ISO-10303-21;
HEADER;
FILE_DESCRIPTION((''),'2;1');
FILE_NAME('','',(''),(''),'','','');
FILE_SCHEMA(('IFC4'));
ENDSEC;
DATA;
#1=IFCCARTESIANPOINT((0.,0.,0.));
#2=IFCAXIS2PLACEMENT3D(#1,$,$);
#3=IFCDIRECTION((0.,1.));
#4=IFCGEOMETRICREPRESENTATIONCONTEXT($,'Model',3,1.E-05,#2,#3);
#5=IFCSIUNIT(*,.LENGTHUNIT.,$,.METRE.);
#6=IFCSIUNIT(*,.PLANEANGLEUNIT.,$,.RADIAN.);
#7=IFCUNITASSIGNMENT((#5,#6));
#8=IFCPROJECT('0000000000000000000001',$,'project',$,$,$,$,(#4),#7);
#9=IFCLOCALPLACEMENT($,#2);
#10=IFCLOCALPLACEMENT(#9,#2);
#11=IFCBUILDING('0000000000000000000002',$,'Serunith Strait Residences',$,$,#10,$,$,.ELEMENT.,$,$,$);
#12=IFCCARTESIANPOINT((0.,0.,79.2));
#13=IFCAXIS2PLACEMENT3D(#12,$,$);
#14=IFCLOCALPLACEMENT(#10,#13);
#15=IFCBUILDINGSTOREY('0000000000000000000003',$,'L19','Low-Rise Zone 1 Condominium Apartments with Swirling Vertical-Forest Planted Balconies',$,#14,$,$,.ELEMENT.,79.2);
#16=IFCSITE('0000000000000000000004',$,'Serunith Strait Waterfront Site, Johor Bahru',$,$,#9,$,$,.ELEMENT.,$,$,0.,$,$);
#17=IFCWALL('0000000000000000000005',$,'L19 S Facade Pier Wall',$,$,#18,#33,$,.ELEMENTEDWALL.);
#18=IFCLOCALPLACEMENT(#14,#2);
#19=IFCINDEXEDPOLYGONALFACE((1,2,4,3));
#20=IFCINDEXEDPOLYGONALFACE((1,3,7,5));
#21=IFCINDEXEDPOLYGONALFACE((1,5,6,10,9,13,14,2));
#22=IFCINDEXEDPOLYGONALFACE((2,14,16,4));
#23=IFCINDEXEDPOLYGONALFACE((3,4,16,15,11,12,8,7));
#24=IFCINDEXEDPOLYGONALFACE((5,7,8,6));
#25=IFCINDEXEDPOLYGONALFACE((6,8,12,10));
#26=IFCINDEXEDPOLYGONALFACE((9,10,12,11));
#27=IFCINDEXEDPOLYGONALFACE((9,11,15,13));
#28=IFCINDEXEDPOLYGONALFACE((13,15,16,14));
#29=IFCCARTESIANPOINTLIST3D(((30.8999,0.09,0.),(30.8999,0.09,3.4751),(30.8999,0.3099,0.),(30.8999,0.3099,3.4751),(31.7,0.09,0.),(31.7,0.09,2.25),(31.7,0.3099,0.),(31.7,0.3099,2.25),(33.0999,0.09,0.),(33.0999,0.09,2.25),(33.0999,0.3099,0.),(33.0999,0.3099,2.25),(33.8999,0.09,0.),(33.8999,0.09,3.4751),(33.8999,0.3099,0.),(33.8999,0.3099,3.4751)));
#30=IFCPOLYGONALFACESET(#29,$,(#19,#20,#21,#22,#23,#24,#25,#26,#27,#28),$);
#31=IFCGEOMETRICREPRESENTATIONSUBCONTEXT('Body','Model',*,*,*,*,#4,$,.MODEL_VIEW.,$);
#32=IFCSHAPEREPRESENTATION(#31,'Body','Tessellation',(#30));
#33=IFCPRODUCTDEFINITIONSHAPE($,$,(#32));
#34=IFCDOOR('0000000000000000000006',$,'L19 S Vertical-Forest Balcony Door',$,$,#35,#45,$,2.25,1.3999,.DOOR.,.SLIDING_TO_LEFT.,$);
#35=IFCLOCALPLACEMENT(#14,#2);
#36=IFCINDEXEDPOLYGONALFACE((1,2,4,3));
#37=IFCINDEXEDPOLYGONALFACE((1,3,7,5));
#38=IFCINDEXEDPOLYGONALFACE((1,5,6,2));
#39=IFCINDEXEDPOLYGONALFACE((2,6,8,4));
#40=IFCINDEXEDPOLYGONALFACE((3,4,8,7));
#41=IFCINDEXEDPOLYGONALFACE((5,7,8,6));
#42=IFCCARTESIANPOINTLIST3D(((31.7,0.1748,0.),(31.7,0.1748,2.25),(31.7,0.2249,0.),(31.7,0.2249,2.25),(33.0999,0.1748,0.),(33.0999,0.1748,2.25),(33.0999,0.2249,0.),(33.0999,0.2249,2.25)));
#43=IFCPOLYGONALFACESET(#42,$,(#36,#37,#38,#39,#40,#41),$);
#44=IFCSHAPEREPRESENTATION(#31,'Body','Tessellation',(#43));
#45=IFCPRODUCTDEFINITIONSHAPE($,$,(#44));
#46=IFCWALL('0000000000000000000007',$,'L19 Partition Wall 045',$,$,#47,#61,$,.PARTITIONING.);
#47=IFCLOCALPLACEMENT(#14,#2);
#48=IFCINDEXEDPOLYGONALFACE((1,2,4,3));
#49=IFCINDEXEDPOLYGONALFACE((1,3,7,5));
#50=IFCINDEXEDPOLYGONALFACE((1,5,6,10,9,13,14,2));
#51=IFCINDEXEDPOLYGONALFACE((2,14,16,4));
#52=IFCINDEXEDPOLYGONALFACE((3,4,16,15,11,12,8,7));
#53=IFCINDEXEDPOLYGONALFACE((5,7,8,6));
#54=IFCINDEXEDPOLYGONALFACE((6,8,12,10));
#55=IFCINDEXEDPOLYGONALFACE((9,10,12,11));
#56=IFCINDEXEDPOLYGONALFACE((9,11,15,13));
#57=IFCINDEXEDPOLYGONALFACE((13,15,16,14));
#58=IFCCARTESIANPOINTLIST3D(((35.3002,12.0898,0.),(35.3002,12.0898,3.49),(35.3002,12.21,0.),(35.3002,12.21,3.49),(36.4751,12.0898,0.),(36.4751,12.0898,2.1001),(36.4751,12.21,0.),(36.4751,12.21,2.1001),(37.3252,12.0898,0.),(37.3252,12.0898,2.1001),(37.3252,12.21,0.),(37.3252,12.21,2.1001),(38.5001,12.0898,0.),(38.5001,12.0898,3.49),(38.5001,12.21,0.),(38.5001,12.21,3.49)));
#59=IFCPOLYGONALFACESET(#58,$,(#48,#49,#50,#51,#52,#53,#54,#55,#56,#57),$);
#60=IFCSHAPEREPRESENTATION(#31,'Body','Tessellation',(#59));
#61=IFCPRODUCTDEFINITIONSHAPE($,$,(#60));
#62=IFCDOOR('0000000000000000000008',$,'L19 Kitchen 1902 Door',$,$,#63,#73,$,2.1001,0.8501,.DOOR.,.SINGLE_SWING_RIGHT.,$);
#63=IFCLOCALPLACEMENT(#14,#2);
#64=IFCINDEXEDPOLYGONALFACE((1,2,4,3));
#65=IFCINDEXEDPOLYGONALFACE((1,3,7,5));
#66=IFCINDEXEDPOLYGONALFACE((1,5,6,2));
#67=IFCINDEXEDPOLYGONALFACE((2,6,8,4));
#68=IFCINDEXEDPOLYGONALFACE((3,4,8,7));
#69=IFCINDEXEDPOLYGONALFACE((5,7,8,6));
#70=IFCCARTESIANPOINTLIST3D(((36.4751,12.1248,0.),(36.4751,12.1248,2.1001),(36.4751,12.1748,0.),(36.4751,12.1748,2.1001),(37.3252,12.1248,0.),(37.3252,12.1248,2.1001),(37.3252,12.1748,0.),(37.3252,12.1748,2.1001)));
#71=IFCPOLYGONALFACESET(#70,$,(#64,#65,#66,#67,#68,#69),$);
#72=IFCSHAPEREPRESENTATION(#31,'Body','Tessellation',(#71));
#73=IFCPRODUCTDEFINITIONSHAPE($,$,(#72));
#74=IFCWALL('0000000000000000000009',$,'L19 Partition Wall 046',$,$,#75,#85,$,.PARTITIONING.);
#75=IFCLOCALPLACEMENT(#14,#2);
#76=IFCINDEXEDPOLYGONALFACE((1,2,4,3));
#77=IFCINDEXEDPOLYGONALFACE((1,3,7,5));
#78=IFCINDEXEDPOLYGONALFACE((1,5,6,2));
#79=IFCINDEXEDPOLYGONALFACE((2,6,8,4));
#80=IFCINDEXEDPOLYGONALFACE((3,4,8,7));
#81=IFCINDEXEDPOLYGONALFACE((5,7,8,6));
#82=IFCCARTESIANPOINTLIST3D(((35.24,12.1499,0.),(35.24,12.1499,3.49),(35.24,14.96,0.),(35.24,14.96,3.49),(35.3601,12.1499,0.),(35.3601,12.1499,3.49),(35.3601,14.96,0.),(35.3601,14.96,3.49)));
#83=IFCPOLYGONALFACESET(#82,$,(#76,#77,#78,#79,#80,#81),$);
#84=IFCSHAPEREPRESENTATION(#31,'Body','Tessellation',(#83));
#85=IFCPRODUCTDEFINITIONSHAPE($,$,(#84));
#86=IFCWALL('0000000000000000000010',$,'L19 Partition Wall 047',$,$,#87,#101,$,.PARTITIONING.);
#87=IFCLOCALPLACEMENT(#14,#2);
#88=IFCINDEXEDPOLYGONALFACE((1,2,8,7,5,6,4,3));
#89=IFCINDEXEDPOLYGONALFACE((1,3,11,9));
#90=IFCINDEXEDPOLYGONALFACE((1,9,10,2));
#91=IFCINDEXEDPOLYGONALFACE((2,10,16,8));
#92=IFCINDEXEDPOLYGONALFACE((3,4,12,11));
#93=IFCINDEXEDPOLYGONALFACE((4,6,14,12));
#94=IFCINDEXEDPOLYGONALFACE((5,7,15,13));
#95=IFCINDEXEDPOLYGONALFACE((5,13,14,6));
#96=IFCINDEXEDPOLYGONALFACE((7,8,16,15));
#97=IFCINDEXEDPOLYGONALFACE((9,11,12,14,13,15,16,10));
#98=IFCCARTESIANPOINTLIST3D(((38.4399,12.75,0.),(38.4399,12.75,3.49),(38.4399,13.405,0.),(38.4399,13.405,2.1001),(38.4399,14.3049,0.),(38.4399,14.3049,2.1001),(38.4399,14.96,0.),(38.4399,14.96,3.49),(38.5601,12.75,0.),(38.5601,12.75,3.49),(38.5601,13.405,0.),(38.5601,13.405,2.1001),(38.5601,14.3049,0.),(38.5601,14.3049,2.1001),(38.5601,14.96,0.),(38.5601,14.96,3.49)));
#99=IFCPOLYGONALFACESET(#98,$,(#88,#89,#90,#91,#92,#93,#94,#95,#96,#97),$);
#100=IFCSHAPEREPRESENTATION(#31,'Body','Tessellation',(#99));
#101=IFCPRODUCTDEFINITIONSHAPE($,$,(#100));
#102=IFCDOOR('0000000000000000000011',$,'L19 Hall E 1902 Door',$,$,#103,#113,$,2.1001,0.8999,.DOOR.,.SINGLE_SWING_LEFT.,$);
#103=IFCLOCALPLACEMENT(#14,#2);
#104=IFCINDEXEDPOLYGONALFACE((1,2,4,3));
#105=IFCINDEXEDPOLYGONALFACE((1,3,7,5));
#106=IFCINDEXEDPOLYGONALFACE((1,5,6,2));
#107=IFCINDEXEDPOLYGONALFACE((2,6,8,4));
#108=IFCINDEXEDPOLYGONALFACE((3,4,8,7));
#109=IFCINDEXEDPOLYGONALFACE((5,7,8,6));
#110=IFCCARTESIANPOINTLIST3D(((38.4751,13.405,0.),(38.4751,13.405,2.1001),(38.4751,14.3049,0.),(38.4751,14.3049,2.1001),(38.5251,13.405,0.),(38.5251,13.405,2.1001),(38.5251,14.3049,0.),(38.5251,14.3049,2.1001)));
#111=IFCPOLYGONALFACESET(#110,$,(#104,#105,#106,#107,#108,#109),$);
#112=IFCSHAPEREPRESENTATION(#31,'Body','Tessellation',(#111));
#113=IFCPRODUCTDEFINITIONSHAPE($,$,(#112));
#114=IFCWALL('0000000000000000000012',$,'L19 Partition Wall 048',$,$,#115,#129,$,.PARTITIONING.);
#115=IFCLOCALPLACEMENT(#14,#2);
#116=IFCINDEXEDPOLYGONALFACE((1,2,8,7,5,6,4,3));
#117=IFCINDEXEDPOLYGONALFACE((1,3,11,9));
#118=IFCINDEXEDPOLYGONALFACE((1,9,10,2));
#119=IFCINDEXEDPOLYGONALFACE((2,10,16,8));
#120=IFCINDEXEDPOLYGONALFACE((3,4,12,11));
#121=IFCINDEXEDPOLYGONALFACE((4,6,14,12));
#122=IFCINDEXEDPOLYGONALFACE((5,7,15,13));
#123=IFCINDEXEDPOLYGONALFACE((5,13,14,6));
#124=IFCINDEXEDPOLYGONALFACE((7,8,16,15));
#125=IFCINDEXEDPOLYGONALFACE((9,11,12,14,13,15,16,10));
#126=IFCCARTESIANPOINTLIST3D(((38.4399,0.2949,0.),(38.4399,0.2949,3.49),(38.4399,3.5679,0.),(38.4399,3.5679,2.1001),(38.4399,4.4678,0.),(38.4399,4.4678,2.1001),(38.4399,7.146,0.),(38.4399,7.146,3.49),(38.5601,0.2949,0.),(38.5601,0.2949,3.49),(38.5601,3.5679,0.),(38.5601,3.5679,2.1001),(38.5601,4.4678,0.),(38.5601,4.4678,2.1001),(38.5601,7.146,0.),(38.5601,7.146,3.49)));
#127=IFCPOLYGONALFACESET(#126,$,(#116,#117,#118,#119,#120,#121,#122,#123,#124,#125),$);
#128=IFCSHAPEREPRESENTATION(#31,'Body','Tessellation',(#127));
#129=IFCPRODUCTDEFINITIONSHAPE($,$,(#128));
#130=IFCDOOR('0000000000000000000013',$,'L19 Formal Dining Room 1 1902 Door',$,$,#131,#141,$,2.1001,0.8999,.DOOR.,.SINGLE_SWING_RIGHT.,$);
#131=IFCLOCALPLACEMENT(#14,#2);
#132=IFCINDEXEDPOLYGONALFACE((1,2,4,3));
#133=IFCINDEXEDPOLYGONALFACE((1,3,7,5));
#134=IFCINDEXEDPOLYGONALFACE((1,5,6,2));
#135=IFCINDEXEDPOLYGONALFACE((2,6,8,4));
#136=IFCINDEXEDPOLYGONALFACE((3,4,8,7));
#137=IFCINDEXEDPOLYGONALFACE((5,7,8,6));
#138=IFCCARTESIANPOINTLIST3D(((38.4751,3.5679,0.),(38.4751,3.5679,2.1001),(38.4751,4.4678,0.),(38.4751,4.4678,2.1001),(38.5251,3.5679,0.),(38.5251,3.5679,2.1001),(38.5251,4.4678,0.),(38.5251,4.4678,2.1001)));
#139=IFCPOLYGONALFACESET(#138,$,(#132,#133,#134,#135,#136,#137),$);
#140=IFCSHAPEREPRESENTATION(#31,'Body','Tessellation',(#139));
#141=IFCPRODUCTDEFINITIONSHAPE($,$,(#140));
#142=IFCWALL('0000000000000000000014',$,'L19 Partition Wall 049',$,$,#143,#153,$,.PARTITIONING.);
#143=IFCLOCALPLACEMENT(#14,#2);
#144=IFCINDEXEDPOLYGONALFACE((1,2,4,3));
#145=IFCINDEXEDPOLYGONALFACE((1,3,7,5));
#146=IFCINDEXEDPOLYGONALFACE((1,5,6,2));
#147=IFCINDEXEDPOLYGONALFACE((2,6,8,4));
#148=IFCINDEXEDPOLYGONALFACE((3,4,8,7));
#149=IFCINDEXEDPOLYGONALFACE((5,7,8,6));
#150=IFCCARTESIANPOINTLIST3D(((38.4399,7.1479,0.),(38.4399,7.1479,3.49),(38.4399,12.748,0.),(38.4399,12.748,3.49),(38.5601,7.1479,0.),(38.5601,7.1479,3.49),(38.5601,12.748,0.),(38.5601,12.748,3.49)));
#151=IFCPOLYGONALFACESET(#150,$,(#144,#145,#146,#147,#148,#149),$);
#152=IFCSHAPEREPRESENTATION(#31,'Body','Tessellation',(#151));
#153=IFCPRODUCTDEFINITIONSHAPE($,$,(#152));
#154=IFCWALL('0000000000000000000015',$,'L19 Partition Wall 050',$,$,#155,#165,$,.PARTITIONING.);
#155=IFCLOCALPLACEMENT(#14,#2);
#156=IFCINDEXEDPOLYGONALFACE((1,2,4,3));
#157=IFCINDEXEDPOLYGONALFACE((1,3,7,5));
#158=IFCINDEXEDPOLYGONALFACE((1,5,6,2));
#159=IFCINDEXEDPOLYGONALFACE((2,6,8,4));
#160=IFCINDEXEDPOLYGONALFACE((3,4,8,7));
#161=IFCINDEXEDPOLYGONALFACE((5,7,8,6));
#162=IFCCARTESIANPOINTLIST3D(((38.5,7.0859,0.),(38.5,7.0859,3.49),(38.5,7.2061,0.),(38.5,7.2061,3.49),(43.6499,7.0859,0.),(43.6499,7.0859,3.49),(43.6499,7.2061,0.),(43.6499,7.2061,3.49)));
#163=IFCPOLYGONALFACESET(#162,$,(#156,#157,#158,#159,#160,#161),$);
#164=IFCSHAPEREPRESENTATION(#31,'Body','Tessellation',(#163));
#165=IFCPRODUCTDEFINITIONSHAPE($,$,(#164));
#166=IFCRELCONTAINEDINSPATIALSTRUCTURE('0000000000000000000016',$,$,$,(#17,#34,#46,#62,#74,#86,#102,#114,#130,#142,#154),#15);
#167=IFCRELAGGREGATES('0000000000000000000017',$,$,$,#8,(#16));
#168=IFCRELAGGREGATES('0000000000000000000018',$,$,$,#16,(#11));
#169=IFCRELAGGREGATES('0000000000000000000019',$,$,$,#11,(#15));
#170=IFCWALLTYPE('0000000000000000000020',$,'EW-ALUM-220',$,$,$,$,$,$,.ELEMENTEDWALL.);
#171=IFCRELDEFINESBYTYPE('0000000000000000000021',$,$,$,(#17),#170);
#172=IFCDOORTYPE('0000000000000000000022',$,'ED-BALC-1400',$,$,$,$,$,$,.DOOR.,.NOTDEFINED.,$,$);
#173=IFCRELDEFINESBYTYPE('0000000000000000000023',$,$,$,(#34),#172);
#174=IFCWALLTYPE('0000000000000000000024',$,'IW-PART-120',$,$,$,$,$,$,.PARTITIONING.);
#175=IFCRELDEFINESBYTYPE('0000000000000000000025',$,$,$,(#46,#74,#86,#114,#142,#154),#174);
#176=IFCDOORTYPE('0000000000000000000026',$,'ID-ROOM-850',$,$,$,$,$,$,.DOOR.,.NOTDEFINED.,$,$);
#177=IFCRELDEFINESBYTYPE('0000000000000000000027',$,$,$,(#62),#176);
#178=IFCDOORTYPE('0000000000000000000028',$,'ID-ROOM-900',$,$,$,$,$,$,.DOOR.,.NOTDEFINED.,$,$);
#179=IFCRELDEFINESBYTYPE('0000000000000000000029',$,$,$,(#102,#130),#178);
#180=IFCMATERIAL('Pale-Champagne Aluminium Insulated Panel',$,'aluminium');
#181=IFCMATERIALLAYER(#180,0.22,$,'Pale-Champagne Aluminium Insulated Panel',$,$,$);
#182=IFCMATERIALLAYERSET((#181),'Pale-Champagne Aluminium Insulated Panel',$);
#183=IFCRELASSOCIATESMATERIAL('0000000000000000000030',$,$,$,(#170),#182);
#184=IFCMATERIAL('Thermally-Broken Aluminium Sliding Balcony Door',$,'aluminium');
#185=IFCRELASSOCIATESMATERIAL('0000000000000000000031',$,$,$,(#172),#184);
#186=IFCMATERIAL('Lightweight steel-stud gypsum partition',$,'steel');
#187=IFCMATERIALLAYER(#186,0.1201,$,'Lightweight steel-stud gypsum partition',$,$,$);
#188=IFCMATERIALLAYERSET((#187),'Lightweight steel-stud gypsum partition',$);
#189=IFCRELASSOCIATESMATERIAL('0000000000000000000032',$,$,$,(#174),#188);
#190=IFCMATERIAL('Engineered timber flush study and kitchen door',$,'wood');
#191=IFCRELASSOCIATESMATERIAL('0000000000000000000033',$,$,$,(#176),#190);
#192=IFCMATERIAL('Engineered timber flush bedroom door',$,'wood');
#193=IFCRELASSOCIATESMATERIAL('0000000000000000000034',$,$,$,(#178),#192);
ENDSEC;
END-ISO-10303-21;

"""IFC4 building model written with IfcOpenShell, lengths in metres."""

from ifc_helpers import new_model, si_unit, direction, frame, frame_2d, origin, place, context, subcontext, project, spatial, rectangle, extrude, source, transform, mapped, material, layer, layer_set, type_object, element, fill, save


model = new_model("IFC4")

# Units and contexts
model_context = context("Model", 3, precision=1e-05, world=origin(), true_north=direction((0.0, 1.0)))
body_context = subcontext(model_context, "Body", "Model", "MODEL_VIEW")
ifc_project = project(units=[si_unit("LENGTHUNIT", "METRE"), si_unit("PLANEANGLEUNIT", "RADIAN")], contexts=[model_context])

# Site, building, storey
site_placement = place(None, origin())
site = spatial("IfcSite", under=ifc_project, at=site_placement, Name="Serunith Strait Waterfront Site, Johor Bahru", CompositionType="ELEMENT", RefElevation=0.0)
building_placement = place(site_placement, origin())
building = spatial("IfcBuilding", under=site, at=building_placement, Name="Serunith Strait Residences", CompositionType="ELEMENT")
storey_placement = place(building_placement, frame((0.0, 0.0, 79.2)))
storey = spatial("IfcBuildingStorey", under=building, at=storey_placement, Name="L19", Description="Low-Rise Zone 1 Condominium Apartments with Swirling Vertical-Forest Planted Balconies", CompositionType="ELEMENT", Elevation=79.2)

# Walls, openings, doors
ifc_material_1 = material(Name="Pale-Champagne Aluminium Insulated Panel", Category="aluminium")
ifc_layer_1 = layer(ifc_material_1, 0.22, Name="Pale-Champagne Aluminium Insulated Panel")
ifc_layer_set_1 = layer_set([ifc_layer_1], Name="Pale-Champagne Aluminium Insulated Panel")
wall_type_1 = type_object("IfcWallType", Name="EW-ALUM-220", PredefinedType="ELEMENTEDWALL", material=ifc_layer_set_1)
wall_1_placement = place(storey_placement, frame((30.8999, 0.2, 0.0), z_axis=(0.0, 0.0, 1.0), x_axis=(1.0, 0.0, 0.0)))
wall_1 = element("IfcWall", 1, at=wall_1_placement, inside=storey, type_object=wall_type_1, Name="L19 S Facade Pier Wall", PredefinedType="ELEMENTEDWALL", context=body_context, shape_type="SweptSolid", body=[
    extrude(rectangle(XDim=3.0, YDim=0.22, at=frame_2d((1.5, 0.0))), origin(), (0.0, 0.0, 1.0), 3.4751),
])
opening_1_placement = place(wall_1_placement, frame((0.8, 0.0, 0.0)))
opening_1 = element("IfcOpeningElement", 2, at=opening_1_placement, cuts=wall_1, PredefinedType="OPENING", context=body_context, shape_type="SweptSolid", body=[
    extrude(rectangle(XDim=1.3999, YDim=2.25, at=frame_2d((0.7, 1.125))), frame((0.0, 0.1201, 0.0), z_axis=(0.0, -1.0, 0.0), x_axis=(1.0, 0.0, 0.0)), (0.0, 0.0, 1.0), 0.24),
])
ifc_material_2 = material(Name="Thermally-Broken Aluminium Sliding Balcony Door", Category="aluminium")
door_type_1 = type_object("IfcDoorType", Name="ED-BALC-1400", OperationType="NOTDEFINED", PredefinedType="DOOR", material=ifc_material_2)
shared_shape_1 = source(origin(), body_context, "Body", "SweptSolid", [
    extrude(rectangle(XDim=1.3999, YDim=2.25, at=frame_2d((0.7, 1.125))), frame((0.0, 0.0249, 0.0), z_axis=(0.0, -1.0, 0.0), x_axis=(1.0, 0.0, 0.0)), (0.0, 0.0, 1.0), 0.05),
])
door_1_placement = place(opening_1_placement, origin())
door_1 = element("IfcDoor", 3, at=door_1_placement, inside=storey, type_object=door_type_1, Name="L19 S Vertical-Forest Balcony Door", OperationType="SLIDING_TO_LEFT", OverallHeight=2.25, OverallWidth=1.3999, PredefinedType="DOOR", context=body_context, shape_type="MappedRepresentation", body=[
    mapped(shared_shape_1, transform((0.0, 0.0, 0.0), scale=1.0)),
])
fill(opening_1, door_1)
ifc_material_3 = material(Name="Lightweight steel-stud gypsum partition", Category="steel")
ifc_layer_2 = layer(ifc_material_3, 0.1201, Name="Lightweight steel-stud gypsum partition")
ifc_layer_set_2 = layer_set([ifc_layer_2], Name="Lightweight steel-stud gypsum partition")
wall_type_2 = type_object("IfcWallType", Name="IW-PART-120", PredefinedType="PARTITIONING", material=ifc_layer_set_2)
wall_2_placement = place(storey_placement, frame((35.3, 12.1499, 0.0), z_axis=(0.0, 0.0, 1.0), x_axis=(1.0, 0.0, 0.0)))
wall_2 = element("IfcWall", 4, at=wall_2_placement, inside=storey, type_object=wall_type_2, Name="L19 Partition Wall 045", PredefinedType="PARTITIONING", context=body_context, shape_type="SweptSolid", body=[
    extrude(rectangle(XDim=3.2, YDim=0.1201, at=frame_2d((1.6001, 0.0))), origin(), (0.0, 0.0, 1.0), 3.49),
])
opening_2_placement = place(wall_2_placement, frame((1.175, 0.0, 0.0)))
opening_2 = element("IfcOpeningElement", 5, at=opening_2_placement, cuts=wall_2, PredefinedType="OPENING", context=body_context, shape_type="SweptSolid", body=[
    extrude(rectangle(XDim=0.8501, YDim=2.1001, at=frame_2d((0.425, 1.05))), frame((0.0, 0.0701, 0.0), z_axis=(0.0, -1.0, 0.0), x_axis=(1.0, 0.0, 0.0)), (0.0, 0.0, 1.0), 0.1401),
])
ifc_material_4 = material(Name="Engineered timber flush study and kitchen door", Category="wood")
door_type_2 = type_object("IfcDoorType", Name="ID-ROOM-850", OperationType="NOTDEFINED", PredefinedType="DOOR", material=ifc_material_4)
shared_shape_2 = source(origin(), body_context, "Body", "SweptSolid", [
    extrude(rectangle(XDim=0.8501, YDim=2.1001, at=frame_2d((0.425, 1.05))), frame((0.0, 0.0249, 0.0), z_axis=(0.0, -1.0, 0.0), x_axis=(1.0, 0.0, 0.0)), (0.0, 0.0, 1.0), 0.05),
])
door_2_placement = place(opening_2_placement, origin())
door_2 = element("IfcDoor", 6, at=door_2_placement, inside=storey, type_object=door_type_2, Name="L19 Kitchen 1902 Door", OperationType="SINGLE_SWING_RIGHT", OverallHeight=2.1001, OverallWidth=0.8501, PredefinedType="DOOR", context=body_context, shape_type="MappedRepresentation", body=[
    mapped(shared_shape_2, transform((0.0, 0.0, 0.0), scale=1.0)),
])
fill(opening_2, door_2)

# Wall
wall_3_placement = place(storey_placement, frame((35.3, 12.1499, 0.0), z_axis=(0.0, 0.0, 1.0), x_axis=(0.0, 1.0, 0.0)))
element("IfcWall", 7, at=wall_3_placement, inside=storey, type_object=wall_type_2, Name="L19 Partition Wall 046", PredefinedType="PARTITIONING", context=body_context, shape_type="SweptSolid", body=[
    extrude(rectangle(XDim=2.8101, YDim=0.1201, at=frame_2d((1.405, 0.0))), origin(), (0.0, 0.0, 1.0), 3.49),
])

# Walls, openings, doors
wall_4_placement = place(storey_placement, frame((38.5, 12.75, 0.0), z_axis=(0.0, 0.0, 1.0), x_axis=(0.0, 1.0, 0.0)))
wall_4 = element("IfcWall", 8, at=wall_4_placement, inside=storey, type_object=wall_type_2, Name="L19 Partition Wall 047", PredefinedType="PARTITIONING", context=body_context, shape_type="SweptSolid", body=[
    extrude(rectangle(XDim=2.21, YDim=0.1201, at=frame_2d((1.105, 0.0))), origin(), (0.0, 0.0, 1.0), 3.49),
])
opening_3_placement = place(wall_4_placement, frame((0.655, 0.0, 0.0)))
opening_3 = element("IfcOpeningElement", 9, at=opening_3_placement, cuts=wall_4, PredefinedType="OPENING", context=body_context, shape_type="SweptSolid", body=[
    extrude(rectangle(XDim=0.8999, YDim=2.1001, at=frame_2d((0.45, 1.05))), frame((0.0, 0.0701, 0.0), z_axis=(0.0, -1.0, 0.0), x_axis=(1.0, 0.0, 0.0)), (0.0, 0.0, 1.0), 0.1401),
])
ifc_material_5 = material(Name="Engineered timber flush bedroom door", Category="wood")
door_type_3 = type_object("IfcDoorType", Name="ID-ROOM-900", OperationType="NOTDEFINED", PredefinedType="DOOR", material=ifc_material_5)
shared_shape_3 = source(origin(), body_context, "Body", "SweptSolid", [
    extrude(rectangle(XDim=0.8999, YDim=2.1001, at=frame_2d((0.45, 1.05))), frame((0.0, 0.0249, 0.0), z_axis=(0.0, -1.0, 0.0), x_axis=(1.0, 0.0, 0.0)), (0.0, 0.0, 1.0), 0.05),
])
door_3_placement = place(opening_3_placement, origin())
door_3 = element("IfcDoor", 10, at=door_3_placement, inside=storey, type_object=door_type_3, Name="L19 Hall E 1902 Door", OperationType="SINGLE_SWING_LEFT", OverallHeight=2.1001, OverallWidth=0.8999, PredefinedType="DOOR", context=body_context, shape_type="MappedRepresentation", body=[
    mapped(shared_shape_3, transform((0.0, 0.0, 0.0), scale=1.0)),
])
fill(opening_3, door_3)
wall_5_placement = place(storey_placement, frame((38.5, 0.2949, 0.0), z_axis=(0.0, 0.0, 1.0), x_axis=(0.0, 1.0, 0.0)))
wall_5 = element("IfcWall", 11, at=wall_5_placement, inside=storey, type_object=wall_type_2, Name="L19 Partition Wall 048", PredefinedType="PARTITIONING", context=body_context, shape_type="SweptSolid", body=[
    extrude(rectangle(XDim=6.8511, YDim=0.1201, at=frame_2d((3.4255, 0.0))), origin(), (0.0, 0.0, 1.0), 3.49),
])
opening_4_placement = place(wall_5_placement, frame((3.2729, 0.0, 0.0)))
opening_4 = element("IfcOpeningElement", 12, at=opening_4_placement, cuts=wall_5, PredefinedType="OPENING", context=body_context, shape_type="SweptSolid", body=[
    extrude(rectangle(XDim=0.8999, YDim=2.1001, at=frame_2d((0.45, 1.05))), frame((0.0, 0.0701, 0.0), z_axis=(0.0, -1.0, 0.0), x_axis=(1.0, 0.0, 0.0)), (0.0, 0.0, 1.0), 0.1401),
])
door_4_placement = place(opening_4_placement, origin())
door_4 = element("IfcDoor", 13, at=door_4_placement, inside=storey, type_object=door_type_3, Name="L19 Formal Dining Room 1 1902 Door", OperationType="SINGLE_SWING_RIGHT", OverallHeight=2.1001, OverallWidth=0.8999, PredefinedType="DOOR", context=body_context, shape_type="MappedRepresentation", body=[
    mapped(shared_shape_3, transform((0.0, 0.0, 0.0), scale=1.0)),
])
fill(opening_4, door_4)

# Walls
wall_6_placement = place(storey_placement, frame((38.5, 7.1479, 0.0), z_axis=(0.0, 0.0, 1.0), x_axis=(0.0, 1.0, 0.0)))
element("IfcWall", 14, at=wall_6_placement, inside=storey, type_object=wall_type_2, Name="L19 Partition Wall 049", PredefinedType="PARTITIONING", context=body_context, shape_type="SweptSolid", body=[
    extrude(rectangle(XDim=5.6001, YDim=0.1201, at=frame_2d((2.8, 0.0))), origin(), (0.0, 0.0, 1.0), 3.49),
])
wall_7_placement = place(storey_placement, frame((38.5, 7.146, 0.0), z_axis=(0.0, 0.0, 1.0), x_axis=(1.0, 0.0, 0.0)))
element("IfcWall", 15, at=wall_7_placement, inside=storey, type_object=wall_type_2, Name="L19 Partition Wall 050", PredefinedType="PARTITIONING", context=body_context, shape_type="SweptSolid", body=[
    extrude(rectangle(XDim=5.1499, YDim=0.1201, at=frame_2d((2.575, 0.0))), origin(), (0.0, 0.0, 1.0), 3.49),
])

save(model, "model.ifc")
